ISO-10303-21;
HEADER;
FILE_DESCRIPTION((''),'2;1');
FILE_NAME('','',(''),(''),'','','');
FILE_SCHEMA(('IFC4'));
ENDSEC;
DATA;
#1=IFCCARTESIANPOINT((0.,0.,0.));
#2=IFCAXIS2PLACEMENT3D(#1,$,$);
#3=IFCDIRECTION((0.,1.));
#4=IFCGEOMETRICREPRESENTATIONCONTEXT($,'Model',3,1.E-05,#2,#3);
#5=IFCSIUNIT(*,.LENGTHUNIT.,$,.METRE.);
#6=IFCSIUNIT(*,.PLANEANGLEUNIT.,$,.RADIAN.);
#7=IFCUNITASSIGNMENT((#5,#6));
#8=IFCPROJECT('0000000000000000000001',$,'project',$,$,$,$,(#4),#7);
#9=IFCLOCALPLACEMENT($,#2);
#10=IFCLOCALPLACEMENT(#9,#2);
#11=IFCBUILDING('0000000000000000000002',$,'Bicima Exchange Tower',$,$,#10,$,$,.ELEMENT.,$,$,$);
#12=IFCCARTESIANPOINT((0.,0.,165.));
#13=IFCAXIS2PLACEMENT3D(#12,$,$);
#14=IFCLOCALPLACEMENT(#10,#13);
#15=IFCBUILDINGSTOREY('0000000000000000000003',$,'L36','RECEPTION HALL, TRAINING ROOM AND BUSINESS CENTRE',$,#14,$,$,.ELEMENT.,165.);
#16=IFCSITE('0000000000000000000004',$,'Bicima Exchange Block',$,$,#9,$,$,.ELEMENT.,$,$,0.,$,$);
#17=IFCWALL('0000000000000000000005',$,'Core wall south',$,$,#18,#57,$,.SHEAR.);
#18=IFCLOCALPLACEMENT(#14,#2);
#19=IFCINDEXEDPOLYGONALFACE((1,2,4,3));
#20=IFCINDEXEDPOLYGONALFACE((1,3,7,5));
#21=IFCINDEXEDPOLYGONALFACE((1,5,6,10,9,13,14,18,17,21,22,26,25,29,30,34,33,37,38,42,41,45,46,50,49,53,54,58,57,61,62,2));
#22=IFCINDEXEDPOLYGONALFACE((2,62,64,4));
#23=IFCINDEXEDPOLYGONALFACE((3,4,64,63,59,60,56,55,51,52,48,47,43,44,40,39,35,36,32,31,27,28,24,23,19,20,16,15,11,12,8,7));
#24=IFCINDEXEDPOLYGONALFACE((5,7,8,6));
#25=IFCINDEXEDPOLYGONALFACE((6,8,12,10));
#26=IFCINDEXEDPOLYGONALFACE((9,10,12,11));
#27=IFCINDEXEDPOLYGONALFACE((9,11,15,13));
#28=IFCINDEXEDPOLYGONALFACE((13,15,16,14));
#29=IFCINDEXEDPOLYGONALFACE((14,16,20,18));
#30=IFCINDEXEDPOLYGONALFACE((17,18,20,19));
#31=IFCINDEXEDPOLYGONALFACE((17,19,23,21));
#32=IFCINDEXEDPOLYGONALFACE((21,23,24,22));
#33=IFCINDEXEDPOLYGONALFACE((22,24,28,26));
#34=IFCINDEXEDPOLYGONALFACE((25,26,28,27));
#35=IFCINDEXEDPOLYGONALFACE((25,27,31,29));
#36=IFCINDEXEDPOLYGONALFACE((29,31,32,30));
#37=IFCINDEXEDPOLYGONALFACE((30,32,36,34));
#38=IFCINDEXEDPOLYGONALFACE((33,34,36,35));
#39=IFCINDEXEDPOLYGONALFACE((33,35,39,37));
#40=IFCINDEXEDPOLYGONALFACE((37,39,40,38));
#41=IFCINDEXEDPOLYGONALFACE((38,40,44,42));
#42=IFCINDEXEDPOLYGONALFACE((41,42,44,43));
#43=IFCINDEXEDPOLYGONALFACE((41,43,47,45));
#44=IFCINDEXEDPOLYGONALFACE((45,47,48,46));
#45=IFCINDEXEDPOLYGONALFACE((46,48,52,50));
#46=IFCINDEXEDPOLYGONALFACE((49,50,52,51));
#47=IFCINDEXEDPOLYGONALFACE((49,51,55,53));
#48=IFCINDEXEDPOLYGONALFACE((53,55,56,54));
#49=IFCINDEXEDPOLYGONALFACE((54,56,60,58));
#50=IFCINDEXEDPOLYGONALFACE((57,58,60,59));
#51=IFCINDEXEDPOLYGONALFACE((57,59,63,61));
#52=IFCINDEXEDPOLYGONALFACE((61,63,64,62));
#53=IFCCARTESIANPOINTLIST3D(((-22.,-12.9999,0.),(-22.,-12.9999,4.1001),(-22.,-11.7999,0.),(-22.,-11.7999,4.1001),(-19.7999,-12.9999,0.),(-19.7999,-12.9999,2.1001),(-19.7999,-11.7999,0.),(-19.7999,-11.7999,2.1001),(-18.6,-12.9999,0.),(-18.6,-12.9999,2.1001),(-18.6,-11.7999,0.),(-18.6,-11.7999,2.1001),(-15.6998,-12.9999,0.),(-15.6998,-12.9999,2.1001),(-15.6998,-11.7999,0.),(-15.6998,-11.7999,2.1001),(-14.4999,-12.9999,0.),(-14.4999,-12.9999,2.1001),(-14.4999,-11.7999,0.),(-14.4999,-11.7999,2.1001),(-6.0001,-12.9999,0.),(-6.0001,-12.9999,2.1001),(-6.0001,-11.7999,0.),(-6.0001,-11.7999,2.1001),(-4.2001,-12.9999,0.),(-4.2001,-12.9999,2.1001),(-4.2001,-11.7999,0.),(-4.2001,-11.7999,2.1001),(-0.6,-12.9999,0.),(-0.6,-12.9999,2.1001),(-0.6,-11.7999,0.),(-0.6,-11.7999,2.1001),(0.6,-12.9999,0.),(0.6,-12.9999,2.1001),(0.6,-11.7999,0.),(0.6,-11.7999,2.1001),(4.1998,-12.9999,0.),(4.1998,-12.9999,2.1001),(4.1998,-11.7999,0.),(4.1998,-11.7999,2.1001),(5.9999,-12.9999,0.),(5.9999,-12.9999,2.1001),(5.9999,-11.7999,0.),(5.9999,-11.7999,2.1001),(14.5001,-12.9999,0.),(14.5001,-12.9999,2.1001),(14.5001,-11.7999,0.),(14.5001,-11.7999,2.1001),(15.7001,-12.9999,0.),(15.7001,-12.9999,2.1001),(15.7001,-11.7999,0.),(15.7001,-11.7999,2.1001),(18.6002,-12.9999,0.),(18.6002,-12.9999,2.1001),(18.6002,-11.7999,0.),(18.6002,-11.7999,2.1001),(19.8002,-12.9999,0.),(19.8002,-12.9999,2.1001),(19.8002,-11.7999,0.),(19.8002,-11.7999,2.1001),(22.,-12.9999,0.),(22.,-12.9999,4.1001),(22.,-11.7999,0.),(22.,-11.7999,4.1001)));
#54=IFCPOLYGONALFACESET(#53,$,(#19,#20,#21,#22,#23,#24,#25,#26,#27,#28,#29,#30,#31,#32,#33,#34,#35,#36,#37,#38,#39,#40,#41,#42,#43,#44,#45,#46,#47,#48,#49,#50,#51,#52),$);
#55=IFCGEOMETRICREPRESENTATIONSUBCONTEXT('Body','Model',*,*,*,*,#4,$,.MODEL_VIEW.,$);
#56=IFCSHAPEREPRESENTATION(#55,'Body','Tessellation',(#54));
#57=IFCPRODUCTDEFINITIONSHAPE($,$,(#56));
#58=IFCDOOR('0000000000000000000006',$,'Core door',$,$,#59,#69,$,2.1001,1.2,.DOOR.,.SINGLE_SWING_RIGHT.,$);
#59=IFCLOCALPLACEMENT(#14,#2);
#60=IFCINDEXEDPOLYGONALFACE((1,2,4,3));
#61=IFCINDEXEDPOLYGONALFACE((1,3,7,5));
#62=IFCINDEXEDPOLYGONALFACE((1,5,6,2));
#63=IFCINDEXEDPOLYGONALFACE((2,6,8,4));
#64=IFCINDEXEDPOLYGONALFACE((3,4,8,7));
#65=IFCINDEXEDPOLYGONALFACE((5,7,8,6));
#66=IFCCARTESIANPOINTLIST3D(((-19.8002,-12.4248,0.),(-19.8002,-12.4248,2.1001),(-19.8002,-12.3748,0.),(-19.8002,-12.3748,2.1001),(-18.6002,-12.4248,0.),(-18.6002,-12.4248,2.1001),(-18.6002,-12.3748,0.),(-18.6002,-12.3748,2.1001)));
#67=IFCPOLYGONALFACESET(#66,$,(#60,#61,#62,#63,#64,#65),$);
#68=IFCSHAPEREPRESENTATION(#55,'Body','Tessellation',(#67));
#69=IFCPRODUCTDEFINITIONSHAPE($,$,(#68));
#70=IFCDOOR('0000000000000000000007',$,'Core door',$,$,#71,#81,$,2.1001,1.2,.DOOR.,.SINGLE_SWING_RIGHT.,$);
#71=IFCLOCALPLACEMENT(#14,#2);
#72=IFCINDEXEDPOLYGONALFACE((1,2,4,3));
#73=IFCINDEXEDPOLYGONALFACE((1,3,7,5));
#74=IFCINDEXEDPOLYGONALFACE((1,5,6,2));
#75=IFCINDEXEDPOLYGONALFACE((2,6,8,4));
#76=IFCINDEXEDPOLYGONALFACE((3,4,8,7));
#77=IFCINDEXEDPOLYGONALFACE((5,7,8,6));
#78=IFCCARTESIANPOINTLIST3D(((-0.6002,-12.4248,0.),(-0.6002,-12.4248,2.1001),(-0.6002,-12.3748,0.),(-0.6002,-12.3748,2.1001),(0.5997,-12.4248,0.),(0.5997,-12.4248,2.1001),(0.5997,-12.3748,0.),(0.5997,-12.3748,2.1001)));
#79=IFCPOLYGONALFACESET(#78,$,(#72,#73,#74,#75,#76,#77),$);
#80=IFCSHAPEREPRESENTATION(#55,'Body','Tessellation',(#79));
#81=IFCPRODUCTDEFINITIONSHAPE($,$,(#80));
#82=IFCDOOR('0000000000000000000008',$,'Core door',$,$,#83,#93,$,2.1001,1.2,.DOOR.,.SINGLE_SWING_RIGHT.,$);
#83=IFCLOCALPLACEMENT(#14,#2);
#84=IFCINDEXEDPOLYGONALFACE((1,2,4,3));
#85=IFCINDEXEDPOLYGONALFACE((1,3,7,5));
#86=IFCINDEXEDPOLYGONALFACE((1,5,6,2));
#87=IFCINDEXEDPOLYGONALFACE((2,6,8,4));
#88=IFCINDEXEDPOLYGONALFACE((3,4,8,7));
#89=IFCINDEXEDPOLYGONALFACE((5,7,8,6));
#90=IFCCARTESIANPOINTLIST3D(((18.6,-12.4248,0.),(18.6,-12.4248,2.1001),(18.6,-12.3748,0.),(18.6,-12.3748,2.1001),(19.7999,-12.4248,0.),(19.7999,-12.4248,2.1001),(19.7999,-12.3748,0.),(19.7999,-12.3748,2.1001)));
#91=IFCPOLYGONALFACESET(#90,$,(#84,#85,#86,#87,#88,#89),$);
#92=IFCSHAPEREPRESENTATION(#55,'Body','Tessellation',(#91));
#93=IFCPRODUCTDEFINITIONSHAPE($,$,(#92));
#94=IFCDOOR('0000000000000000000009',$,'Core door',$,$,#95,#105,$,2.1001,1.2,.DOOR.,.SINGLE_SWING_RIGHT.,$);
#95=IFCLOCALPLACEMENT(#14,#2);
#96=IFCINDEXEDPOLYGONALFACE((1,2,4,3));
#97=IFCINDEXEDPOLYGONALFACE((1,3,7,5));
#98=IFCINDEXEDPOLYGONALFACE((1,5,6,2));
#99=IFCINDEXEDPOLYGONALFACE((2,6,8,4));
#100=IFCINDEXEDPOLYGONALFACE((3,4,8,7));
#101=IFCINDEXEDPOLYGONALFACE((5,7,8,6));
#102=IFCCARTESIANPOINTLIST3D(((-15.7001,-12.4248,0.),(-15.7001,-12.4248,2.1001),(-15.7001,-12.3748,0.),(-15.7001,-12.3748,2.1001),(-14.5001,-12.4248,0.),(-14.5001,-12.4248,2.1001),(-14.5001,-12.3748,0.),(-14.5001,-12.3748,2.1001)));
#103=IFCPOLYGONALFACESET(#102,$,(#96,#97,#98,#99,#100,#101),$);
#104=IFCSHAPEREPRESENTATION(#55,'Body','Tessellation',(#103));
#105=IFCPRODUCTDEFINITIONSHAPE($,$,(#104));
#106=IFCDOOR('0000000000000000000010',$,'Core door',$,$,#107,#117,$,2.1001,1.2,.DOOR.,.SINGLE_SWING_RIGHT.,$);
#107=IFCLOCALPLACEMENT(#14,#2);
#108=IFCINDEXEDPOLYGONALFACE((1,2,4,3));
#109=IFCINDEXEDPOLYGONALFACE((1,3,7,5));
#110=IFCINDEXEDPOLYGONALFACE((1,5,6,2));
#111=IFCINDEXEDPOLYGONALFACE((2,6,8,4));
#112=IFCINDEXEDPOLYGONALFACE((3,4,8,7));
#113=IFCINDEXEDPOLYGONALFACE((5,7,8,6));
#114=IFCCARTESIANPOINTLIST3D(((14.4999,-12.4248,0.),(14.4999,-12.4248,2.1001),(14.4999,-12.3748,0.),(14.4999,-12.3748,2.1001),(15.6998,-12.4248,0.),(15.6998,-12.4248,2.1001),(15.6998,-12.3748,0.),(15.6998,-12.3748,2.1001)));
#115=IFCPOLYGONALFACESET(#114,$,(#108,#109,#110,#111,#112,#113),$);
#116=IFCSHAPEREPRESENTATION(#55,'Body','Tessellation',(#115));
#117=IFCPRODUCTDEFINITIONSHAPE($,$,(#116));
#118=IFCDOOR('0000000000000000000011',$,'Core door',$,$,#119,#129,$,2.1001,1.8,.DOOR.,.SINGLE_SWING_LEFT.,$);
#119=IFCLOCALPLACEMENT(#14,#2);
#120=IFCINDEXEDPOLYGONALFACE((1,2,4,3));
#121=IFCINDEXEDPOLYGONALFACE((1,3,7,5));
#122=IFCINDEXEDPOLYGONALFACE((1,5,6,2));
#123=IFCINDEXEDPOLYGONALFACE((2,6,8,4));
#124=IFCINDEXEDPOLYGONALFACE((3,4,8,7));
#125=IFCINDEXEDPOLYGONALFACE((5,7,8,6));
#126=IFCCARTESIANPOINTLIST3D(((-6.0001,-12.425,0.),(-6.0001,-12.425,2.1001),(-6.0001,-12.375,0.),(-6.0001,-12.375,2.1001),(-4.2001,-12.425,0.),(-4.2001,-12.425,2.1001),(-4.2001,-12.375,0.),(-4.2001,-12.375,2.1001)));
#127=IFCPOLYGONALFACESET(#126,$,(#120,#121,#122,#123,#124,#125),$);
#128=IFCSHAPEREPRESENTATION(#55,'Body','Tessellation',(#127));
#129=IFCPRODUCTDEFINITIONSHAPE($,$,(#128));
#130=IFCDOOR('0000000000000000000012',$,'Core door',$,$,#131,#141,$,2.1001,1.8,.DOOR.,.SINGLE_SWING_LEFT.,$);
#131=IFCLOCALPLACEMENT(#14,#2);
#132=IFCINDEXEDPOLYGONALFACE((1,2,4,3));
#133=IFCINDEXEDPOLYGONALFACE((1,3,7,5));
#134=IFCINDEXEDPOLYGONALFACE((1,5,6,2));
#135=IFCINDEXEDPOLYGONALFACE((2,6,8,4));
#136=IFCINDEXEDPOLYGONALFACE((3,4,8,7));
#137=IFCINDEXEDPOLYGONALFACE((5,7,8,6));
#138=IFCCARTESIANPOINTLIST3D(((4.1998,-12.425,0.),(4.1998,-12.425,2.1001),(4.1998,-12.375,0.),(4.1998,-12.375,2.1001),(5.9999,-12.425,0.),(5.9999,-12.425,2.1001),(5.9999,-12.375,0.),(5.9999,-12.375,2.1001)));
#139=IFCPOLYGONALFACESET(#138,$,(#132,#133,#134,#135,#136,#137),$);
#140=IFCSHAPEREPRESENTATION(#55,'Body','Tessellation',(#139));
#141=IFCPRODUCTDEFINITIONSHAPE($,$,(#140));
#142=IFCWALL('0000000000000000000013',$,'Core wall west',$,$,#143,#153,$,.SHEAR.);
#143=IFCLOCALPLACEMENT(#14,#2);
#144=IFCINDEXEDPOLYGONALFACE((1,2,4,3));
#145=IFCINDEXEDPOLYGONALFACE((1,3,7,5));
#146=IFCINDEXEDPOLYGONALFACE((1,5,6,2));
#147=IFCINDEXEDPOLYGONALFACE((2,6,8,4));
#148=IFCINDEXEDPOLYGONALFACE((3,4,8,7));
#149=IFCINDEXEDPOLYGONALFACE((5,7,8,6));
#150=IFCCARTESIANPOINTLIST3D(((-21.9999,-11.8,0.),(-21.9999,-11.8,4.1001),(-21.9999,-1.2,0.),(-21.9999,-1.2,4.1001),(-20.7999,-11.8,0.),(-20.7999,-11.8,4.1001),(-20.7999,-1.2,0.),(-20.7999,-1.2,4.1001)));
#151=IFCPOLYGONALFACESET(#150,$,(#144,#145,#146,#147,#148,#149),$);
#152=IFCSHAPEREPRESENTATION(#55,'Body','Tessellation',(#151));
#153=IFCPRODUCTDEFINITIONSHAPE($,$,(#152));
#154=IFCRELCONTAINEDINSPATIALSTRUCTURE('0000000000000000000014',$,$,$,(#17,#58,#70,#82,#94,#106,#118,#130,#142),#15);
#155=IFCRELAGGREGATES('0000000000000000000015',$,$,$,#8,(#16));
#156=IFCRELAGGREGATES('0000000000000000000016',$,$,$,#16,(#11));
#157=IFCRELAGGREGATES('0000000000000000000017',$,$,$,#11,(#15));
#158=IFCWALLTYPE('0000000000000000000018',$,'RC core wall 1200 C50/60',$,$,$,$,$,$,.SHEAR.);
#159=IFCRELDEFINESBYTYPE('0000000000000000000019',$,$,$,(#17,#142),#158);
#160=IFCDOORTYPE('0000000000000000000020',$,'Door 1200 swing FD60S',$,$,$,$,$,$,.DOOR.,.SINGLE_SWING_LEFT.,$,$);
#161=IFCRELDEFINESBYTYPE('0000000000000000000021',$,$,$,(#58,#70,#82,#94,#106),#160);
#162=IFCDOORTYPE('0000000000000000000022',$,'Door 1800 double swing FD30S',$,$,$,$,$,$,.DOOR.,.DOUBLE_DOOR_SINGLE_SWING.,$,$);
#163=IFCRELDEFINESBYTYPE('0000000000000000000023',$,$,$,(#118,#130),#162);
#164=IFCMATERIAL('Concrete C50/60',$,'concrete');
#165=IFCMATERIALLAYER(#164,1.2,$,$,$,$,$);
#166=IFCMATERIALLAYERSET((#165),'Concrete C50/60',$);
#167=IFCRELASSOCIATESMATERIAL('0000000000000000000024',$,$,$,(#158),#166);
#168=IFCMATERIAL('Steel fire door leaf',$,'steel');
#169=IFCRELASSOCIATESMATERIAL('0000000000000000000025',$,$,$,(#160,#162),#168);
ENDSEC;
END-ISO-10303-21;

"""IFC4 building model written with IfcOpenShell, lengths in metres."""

from ifc_helpers import new_model, si_unit, direction, frame, frame_2d, origin, place, context, subcontext, project, spatial, rectangle, extrude, material, layer, layer_set, type_object, element, fill, save


model = new_model("IFC4")

# Units and contexts
model_context = context("Model", 3, precision=1e-05, world=origin(), true_north=direction((0.0, 1.0)))
body_context = subcontext(model_context, "Body", "Model", "MODEL_VIEW")
ifc_project = project(units=[si_unit("LENGTHUNIT", "METRE"), si_unit("PLANEANGLEUNIT", "RADIAN")], contexts=[model_context])

# Site, building, storey
site_placement = place(None, origin())
site = spatial("IfcSite", under=ifc_project, at=site_placement, Name="Bicima Exchange Block", CompositionType="ELEMENT", RefElevation=0.0)
building_placement = place(site_placement, origin())
building = spatial("IfcBuilding", under=site, at=building_placement, Name="Bicima Exchange Tower", CompositionType="ELEMENT")
storey_placement = place(building_placement, frame((0.0, 0.0, 165.0)))
storey = spatial("IfcBuildingStorey", under=building, at=storey_placement, Name="L36", Description="RECEPTION HALL, TRAINING ROOM AND BUSINESS CENTRE", CompositionType="ELEMENT", Elevation=165.0)

# Wall, openings, doors
ifc_material_1 = material(Name="Concrete C50/60", Category="concrete")
ifc_layer_1 = layer(ifc_material_1, 1.2)
ifc_layer_set_1 = layer_set([ifc_layer_1], Name="Concrete C50/60")
wall_type_1 = type_object("IfcWallType", Name="RC core wall 1200 C50/60", PredefinedType="SHEAR", material=ifc_layer_set_1)
wall_1_placement = place(storey_placement, frame((-22.0, -12.3999, 0.0), z_axis=(0.0, 0.0, 1.0), x_axis=(1.0, 0.0, 0.0)))
wall_1 = element("IfcWall", 1, at=wall_1_placement, inside=storey, type_object=wall_type_1, Name="Core wall south", PredefinedType="SHEAR", context=body_context, shape_type="SweptSolid", body=[
    extrude(rectangle(XDim=44.0, YDim=1.2, at=frame_2d((22.0, 0.0))), origin(), (0.0, 0.0, 1.0), 4.1001),
])
opening_1_placement = place(wall_1_placement, frame((2.2, 0.0, 0.0)))
opening_1 = element("IfcOpeningElement", 2, at=opening_1_placement, cuts=wall_1, PredefinedType="OPENING", context=body_context, shape_type="SweptSolid", body=[
    extrude(rectangle(XDim=1.2, YDim=2.1001, at=frame_2d((0.6001, 1.05))), frame((0.0, 0.6118, 0.0), z_axis=(0.0, -1.0, 0.0), x_axis=(1.0, 0.0, 0.0)), (0.0, 0.0, 1.0), 1.2239),
])
opening_2_placement = place(wall_1_placement, frame((21.3999, 0.0, 0.0)))
opening_2 = element("IfcOpeningElement", 3, at=opening_2_placement, cuts=wall_1, PredefinedType="OPENING", context=body_context, shape_type="SweptSolid", body=[
    extrude(rectangle(XDim=1.2, YDim=2.1001, at=frame_2d((0.6001, 1.05))), frame((0.0, 0.6118, 0.0), z_axis=(0.0, -1.0, 0.0), x_axis=(1.0, 0.0, 0.0)), (0.0, 0.0, 1.0), 1.2239),
])
opening_3_placement = place(wall_1_placement, frame((40.6001, 0.0, 0.0)))
opening_3 = element("IfcOpeningElement", 4, at=opening_3_placement, cuts=wall_1, PredefinedType="OPENING", context=body_context, shape_type="SweptSolid", body=[
    extrude(rectangle(XDim=1.2, YDim=2.1001, at=frame_2d((0.6001, 1.05))), frame((0.0, 0.6118, 0.0), z_axis=(0.0, -1.0, 0.0), x_axis=(1.0, 0.0, 0.0)), (0.0, 0.0, 1.0), 1.2239),
])
opening_4_placement = place(wall_1_placement, frame((16.0, 0.0, 0.0)))
opening_4 = element("IfcOpeningElement", 5, at=opening_4_placement, cuts=wall_1, PredefinedType="OPENING", context=body_context, shape_type="SweptSolid", body=[
    extrude(rectangle(XDim=1.8, YDim=2.1001, at=frame_2d((0.8999, 1.05))), frame((0.0, 0.6118, 0.0), z_axis=(0.0, -1.0, 0.0), x_axis=(1.0, 0.0, 0.0)), (0.0, 0.0, 1.0), 1.2239),
])
opening_5_placement = place(wall_1_placement, frame((6.3, 0.0, 0.0)))
opening_5 = element("IfcOpeningElement", 6, at=opening_5_placement, cuts=wall_1, PredefinedType="OPENING", context=body_context, shape_type="SweptSolid", body=[
    extrude(rectangle(XDim=1.2, YDim=2.1001, at=frame_2d((0.6001, 1.05))), frame((0.0, 0.6118, 0.0), z_axis=(0.0, -1.0, 0.0), x_axis=(1.0, 0.0, 0.0)), (0.0, 0.0, 1.0), 1.2239),
])
opening_6_placement = place(wall_1_placement, frame((26.2, 0.0, 0.0)))
opening_6 = element("IfcOpeningElement", 7, at=opening_6_placement, cuts=wall_1, PredefinedType="OPENING", context=body_context, shape_type="SweptSolid", body=[
    extrude(rectangle(XDim=1.8, YDim=2.1001, at=frame_2d((0.8999, 1.05))), frame((0.0, 0.6118, 0.0), z_axis=(0.0, -1.0, 0.0), x_axis=(1.0, 0.0, 0.0)), (0.0, 0.0, 1.0), 1.2239),
])
opening_7_placement = place(wall_1_placement, frame((36.5, 0.0, 0.0)))
opening_7 = element("IfcOpeningElement", 8, at=opening_7_placement, cuts=wall_1, PredefinedType="OPENING", context=body_context, shape_type="SweptSolid", body=[
    extrude(rectangle(XDim=1.2, YDim=2.1001, at=frame_2d((0.6001, 1.05))), frame((0.0, 0.6118, 0.0), z_axis=(0.0, -1.0, 0.0), x_axis=(1.0, 0.0, 0.0)), (0.0, 0.0, 1.0), 1.2239),
])
ifc_material_2 = material(Name="Steel fire door leaf", Category="steel")
door_type_1 = type_object("IfcDoorType", Name="Door 1200 swing FD60S", OperationType="SINGLE_SWING_LEFT", PredefinedType="DOOR", material=ifc_material_2)
door_1_placement = place(opening_1_placement, frame((1.2, 0.0, 0.0), z_axis=(0.0, 0.0, 1.0), x_axis=(-1.0, 0.0, 0.0)))
door_1 = element("IfcDoor", 9, at=door_1_placement, inside=storey, type_object=door_type_1, Name="Core door", OperationType="SINGLE_SWING_RIGHT", OverallHeight=2.1001, OverallWidth=1.2, PredefinedType="DOOR", context=body_context, shape_type="SweptSolid", body=[
    extrude(rectangle(XDim=1.2, YDim=2.1001, at=frame_2d((0.6001, 1.05))), frame((0.0, 0.0249, 0.0), z_axis=(0.0, -1.0, 0.0), x_axis=(1.0, 0.0, 0.0)), (0.0, 0.0, 1.0), 0.05),
])
fill(opening_1, door_1)
door_2_placement = place(opening_2_placement, frame((1.2, 0.0, 0.0), z_axis=(0.0, 0.0, 1.0), x_axis=(-1.0, 0.0, 0.0)))
door_2 = element("IfcDoor", 10, at=door_2_placement, inside=storey, type_object=door_type_1, Name="Core door", OperationType="SINGLE_SWING_RIGHT", OverallHeight=2.1001, OverallWidth=1.2, PredefinedType="DOOR", context=body_context, shape_type="SweptSolid", body=[
    extrude(rectangle(XDim=1.2, YDim=2.1001, at=frame_2d((0.6001, 1.05))), frame((0.0, 0.0249, 0.0), z_axis=(0.0, -1.0, 0.0), x_axis=(1.0, 0.0, 0.0)), (0.0, 0.0, 1.0), 0.05),
])
fill(opening_2, door_2)
door_3_placement = place(opening_3_placement, frame((1.2, 0.0, 0.0), z_axis=(0.0, 0.0, 1.0), x_axis=(-1.0, 0.0, 0.0)))
door_3 = element("IfcDoor", 11, at=door_3_placement, inside=storey, type_object=door_type_1, Name="Core door", OperationType="SINGLE_SWING_RIGHT", OverallHeight=2.1001, OverallWidth=1.2, PredefinedType="DOOR", context=body_context, shape_type="SweptSolid", body=[
    extrude(rectangle(XDim=1.2, YDim=2.1001, at=frame_2d((0.6001, 1.05))), frame((0.0, 0.0249, 0.0), z_axis=(0.0, -1.0, 0.0), x_axis=(1.0, 0.0, 0.0)), (0.0, 0.0, 1.0), 0.05),
])
fill(opening_3, door_3)
door_4_placement = place(opening_5_placement, frame((1.2, 0.0, 0.0), z_axis=(0.0, 0.0, 1.0), x_axis=(-1.0, 0.0, 0.0)))
door_4 = element("IfcDoor", 12, at=door_4_placement, inside=storey, type_object=door_type_1, Name="Core door", OperationType="SINGLE_SWING_RIGHT", OverallHeight=2.1001, OverallWidth=1.2, PredefinedType="DOOR", context=body_context, shape_type="SweptSolid", body=[
    extrude(rectangle(XDim=1.2, YDim=2.1001, at=frame_2d((0.6001, 1.05))), frame((0.0, 0.0249, 0.0), z_axis=(0.0, -1.0, 0.0), x_axis=(1.0, 0.0, 0.0)), (0.0, 0.0, 1.0), 0.05),
])
fill(opening_5, door_4)
door_5_placement = place(opening_7_placement, frame((1.2, 0.0, 0.0), z_axis=(0.0, 0.0, 1.0), x_axis=(-1.0, 0.0, 0.0)))
door_5 = element("IfcDoor", 13, at=door_5_placement, inside=storey, type_object=door_type_1, Name="Core door", OperationType="SINGLE_SWING_RIGHT", OverallHeight=2.1001, OverallWidth=1.2, PredefinedType="DOOR", context=body_context, shape_type="SweptSolid", body=[
    extrude(rectangle(XDim=1.2, YDim=2.1001, at=frame_2d((0.6001, 1.05))), frame((0.0, 0.0249, 0.0), z_axis=(0.0, -1.0, 0.0), x_axis=(1.0, 0.0, 0.0)), (0.0, 0.0, 1.0), 0.05),
])
fill(opening_7, door_5)
door_type_2 = type_object("IfcDoorType", Name="Door 1800 double swing FD30S", OperationType="DOUBLE_DOOR_SINGLE_SWING", PredefinedType="DOOR", material=ifc_material_2)
door_6_placement = place(opening_4_placement, origin())
door_6 = element("IfcDoor", 14, at=door_6_placement, inside=storey, type_object=door_type_2, Name="Core door", OperationType="SINGLE_SWING_LEFT", OverallHeight=2.1001, OverallWidth=1.8, PredefinedType="DOOR", context=body_context, shape_type="SweptSolid", body=[
    extrude(rectangle(XDim=1.8, YDim=2.1001, at=frame_2d((0.8999, 1.05))), frame((0.0, 0.0249, 0.0), z_axis=(0.0, -1.0, 0.0), x_axis=(1.0, 0.0, 0.0)), (0.0, 0.0, 1.0), 0.05),
])
fill(opening_4, door_6)
door_7_placement = place(opening_6_placement, origin())
door_7 = element("IfcDoor", 15, at=door_7_placement, inside=storey, type_object=door_type_2, Name="Core door", OperationType="SINGLE_SWING_LEFT", OverallHeight=2.1001, OverallWidth=1.8, PredefinedType="DOOR", context=body_context, shape_type="SweptSolid", body=[
    extrude(rectangle(XDim=1.8, YDim=2.1001, at=frame_2d((0.8999, 1.05))), frame((0.0, 0.0249, 0.0), z_axis=(0.0, -1.0, 0.0), x_axis=(1.0, 0.0, 0.0)), (0.0, 0.0, 1.0), 0.05),
])
fill(opening_6, door_7)

# Wall
wall_2_placement = place(storey_placement, frame((-21.3999, -11.8, 0.0), z_axis=(0.0, 0.0, 1.0), x_axis=(0.0, 1.0, 0.0)))
element("IfcWall", 16, at=wall_2_placement, inside=storey, type_object=wall_type_1, Name="Core wall west", PredefinedType="SHEAR", context=body_context, shape_type="SweptSolid", body=[
    extrude(rectangle(XDim=10.6001, YDim=1.2, at=frame_2d((5.3, 0.0))), origin(), (0.0, 0.0, 1.0), 4.1001),
])

save(model, "model.ifc")
